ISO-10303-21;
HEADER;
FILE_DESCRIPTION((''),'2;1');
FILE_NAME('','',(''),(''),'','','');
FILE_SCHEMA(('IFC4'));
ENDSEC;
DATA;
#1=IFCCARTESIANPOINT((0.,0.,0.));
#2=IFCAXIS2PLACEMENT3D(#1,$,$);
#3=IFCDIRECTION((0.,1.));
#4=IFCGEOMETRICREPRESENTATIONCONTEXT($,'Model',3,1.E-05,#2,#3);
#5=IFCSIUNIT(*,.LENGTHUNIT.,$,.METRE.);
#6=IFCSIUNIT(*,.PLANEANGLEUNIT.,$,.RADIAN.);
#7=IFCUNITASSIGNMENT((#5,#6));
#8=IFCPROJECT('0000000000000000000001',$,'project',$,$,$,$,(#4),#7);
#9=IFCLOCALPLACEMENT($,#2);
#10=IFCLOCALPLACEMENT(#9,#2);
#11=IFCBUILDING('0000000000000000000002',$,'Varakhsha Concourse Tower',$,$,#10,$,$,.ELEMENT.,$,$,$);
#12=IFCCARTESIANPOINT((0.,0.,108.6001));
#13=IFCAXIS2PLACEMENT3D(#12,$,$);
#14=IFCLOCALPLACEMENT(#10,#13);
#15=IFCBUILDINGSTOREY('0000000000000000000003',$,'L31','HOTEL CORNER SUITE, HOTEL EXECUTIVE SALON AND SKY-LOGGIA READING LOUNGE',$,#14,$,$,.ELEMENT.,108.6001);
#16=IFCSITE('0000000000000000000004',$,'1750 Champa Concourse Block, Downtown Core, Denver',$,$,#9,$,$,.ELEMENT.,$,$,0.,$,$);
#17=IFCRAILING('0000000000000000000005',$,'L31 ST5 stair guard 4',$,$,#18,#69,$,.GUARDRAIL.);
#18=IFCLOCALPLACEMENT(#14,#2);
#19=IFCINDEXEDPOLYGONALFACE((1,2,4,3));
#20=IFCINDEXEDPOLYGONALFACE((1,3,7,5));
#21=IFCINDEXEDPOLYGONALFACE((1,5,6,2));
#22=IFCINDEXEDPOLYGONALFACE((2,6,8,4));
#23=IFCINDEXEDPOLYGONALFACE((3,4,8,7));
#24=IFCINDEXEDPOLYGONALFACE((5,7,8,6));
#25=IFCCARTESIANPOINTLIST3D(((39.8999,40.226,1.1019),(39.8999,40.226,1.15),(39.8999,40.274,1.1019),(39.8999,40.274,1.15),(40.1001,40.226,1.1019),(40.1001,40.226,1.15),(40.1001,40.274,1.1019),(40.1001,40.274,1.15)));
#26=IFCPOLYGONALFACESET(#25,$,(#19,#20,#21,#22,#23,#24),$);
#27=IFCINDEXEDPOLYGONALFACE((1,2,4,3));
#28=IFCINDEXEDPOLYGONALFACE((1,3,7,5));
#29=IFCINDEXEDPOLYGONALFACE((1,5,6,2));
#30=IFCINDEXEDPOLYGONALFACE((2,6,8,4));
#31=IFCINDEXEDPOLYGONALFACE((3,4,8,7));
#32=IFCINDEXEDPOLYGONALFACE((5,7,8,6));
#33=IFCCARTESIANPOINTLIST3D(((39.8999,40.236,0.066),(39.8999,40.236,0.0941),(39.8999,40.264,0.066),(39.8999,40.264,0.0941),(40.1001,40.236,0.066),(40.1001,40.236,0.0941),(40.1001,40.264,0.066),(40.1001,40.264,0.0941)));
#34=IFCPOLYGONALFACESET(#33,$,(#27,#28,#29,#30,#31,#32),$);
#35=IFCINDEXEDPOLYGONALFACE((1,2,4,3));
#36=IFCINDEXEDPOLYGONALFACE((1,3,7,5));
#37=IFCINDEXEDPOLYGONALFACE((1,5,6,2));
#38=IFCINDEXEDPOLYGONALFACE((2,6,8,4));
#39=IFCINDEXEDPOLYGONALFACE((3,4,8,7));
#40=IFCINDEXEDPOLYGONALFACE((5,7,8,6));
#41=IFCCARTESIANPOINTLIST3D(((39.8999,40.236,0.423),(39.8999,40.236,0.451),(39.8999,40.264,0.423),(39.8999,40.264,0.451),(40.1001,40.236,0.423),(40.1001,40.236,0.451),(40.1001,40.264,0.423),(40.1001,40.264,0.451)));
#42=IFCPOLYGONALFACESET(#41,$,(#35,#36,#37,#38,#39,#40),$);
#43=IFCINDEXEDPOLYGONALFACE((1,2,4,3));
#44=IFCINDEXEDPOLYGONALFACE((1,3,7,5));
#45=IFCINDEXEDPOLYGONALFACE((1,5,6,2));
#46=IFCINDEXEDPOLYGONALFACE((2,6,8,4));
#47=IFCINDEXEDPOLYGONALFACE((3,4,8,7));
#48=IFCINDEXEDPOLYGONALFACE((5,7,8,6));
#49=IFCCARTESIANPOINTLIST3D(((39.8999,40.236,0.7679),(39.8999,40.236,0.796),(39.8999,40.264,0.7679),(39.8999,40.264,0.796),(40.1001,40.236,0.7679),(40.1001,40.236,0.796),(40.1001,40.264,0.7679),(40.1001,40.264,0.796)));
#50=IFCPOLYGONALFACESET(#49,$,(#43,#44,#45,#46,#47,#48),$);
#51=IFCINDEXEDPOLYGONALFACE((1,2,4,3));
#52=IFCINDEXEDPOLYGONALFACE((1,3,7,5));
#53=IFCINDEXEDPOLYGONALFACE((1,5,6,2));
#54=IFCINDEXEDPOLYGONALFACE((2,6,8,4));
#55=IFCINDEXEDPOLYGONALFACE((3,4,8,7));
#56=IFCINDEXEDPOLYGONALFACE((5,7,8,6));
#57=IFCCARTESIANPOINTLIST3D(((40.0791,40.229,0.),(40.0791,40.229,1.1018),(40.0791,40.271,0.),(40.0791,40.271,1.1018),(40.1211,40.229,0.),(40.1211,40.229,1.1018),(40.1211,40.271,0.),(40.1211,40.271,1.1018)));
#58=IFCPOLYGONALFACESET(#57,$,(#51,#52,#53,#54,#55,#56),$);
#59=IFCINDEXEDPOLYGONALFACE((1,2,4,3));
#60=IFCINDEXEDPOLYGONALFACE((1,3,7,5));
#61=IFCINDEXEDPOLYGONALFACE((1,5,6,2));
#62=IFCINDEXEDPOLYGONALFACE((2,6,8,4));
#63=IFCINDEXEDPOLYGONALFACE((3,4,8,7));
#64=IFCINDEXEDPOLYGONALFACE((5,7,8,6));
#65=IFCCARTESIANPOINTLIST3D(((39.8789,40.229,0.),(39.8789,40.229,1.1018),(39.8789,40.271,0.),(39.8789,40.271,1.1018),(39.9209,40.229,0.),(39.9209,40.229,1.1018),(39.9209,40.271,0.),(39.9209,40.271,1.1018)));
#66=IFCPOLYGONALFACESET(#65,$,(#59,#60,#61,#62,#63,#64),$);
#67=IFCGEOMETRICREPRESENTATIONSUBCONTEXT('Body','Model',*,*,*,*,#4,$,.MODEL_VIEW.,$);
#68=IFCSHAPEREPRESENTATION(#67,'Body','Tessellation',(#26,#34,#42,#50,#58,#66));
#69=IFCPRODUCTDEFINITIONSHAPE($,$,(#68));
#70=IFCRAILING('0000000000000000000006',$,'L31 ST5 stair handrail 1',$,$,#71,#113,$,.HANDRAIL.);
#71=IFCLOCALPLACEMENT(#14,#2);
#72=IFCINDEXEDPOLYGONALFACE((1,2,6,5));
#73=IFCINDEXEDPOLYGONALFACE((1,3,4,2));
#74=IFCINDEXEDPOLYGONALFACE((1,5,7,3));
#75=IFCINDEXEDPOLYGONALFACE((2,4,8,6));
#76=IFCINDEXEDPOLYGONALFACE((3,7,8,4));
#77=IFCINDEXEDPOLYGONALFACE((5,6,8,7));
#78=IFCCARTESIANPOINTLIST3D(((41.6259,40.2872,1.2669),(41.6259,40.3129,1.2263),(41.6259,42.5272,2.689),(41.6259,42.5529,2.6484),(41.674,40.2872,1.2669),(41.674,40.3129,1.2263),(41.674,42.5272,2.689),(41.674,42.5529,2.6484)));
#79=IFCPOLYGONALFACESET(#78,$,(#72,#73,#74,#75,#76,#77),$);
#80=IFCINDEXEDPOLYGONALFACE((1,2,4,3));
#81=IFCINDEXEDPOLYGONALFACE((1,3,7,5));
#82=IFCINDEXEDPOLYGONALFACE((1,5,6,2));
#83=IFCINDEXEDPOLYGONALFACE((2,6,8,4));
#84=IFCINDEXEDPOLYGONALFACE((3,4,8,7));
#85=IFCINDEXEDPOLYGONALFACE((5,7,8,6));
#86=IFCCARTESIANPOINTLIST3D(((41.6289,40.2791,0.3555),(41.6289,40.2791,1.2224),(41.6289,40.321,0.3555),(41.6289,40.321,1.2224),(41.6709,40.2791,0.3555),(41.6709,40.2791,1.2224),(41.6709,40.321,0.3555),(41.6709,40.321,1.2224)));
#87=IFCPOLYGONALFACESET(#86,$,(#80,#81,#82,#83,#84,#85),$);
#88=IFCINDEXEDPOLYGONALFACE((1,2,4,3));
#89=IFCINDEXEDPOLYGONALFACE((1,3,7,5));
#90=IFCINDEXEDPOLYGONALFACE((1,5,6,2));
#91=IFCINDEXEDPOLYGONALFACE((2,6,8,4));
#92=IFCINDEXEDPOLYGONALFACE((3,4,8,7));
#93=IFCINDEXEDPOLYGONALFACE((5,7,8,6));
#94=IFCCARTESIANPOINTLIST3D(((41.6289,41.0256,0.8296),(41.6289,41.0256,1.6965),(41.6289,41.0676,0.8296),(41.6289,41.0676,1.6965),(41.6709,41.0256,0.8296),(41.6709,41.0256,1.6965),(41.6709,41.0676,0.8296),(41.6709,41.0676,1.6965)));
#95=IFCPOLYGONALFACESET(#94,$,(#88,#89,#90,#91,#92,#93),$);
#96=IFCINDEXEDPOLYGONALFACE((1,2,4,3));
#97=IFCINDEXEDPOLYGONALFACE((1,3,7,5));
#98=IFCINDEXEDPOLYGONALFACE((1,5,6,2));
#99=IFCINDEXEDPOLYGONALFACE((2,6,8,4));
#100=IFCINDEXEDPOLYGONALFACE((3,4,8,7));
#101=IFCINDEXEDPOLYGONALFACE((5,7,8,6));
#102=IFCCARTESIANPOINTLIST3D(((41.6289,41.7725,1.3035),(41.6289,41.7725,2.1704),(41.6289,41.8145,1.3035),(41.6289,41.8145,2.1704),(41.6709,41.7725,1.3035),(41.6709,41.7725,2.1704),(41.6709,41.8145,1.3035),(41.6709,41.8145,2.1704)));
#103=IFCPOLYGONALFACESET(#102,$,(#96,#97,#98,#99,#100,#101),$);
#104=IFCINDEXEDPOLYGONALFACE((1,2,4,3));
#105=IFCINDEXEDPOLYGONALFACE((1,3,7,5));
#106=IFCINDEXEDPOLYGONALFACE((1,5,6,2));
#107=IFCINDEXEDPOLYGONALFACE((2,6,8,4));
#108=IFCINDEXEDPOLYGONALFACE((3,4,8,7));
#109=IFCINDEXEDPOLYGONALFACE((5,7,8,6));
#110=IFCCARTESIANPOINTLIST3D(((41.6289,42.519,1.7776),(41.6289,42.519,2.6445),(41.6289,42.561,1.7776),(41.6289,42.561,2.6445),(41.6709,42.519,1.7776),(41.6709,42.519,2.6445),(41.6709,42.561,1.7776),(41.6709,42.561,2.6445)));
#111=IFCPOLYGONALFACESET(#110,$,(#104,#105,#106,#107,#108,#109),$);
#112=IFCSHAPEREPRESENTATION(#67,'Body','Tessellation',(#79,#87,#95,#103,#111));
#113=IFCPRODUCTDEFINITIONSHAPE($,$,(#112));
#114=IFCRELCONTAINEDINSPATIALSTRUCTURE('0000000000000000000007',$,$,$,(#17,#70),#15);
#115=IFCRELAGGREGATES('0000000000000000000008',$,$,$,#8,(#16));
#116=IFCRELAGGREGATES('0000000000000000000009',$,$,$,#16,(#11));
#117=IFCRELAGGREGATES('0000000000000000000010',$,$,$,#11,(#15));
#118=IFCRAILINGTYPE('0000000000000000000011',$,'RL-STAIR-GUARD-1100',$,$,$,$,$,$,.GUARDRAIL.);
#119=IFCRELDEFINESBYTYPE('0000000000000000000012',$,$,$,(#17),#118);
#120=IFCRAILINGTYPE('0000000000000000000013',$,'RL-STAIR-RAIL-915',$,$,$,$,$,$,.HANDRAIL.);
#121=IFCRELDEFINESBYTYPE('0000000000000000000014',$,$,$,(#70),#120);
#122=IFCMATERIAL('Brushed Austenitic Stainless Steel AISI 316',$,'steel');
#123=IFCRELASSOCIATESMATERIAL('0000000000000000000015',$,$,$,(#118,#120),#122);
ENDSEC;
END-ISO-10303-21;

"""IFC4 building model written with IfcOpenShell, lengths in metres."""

from ifc_helpers import new_model, si_unit, direction, frame, origin, origin_2d, place, context, subcontext, project, spatial, rectangle, extrude, material, type_object, element, save


model = new_model("IFC4")

# Units and contexts
model_context = context("Model", 3, precision=1e-05, world=origin(), true_north=direction((0.0, 1.0)))
body_context = subcontext(model_context, "Body", "Model", "MODEL_VIEW")
ifc_project = project(units=[si_unit("LENGTHUNIT", "METRE"), si_unit("PLANEANGLEUNIT", "RADIAN")], contexts=[model_context])

# Site, building, storey
site_placement = place(None, origin())
site = spatial("IfcSite", under=ifc_project, at=site_placement, Name="1750 Champa Concourse Block, Downtown Core, Denver", CompositionType="ELEMENT", RefElevation=0.0)
building_placement = place(site_placement, origin())
building = spatial("IfcBuilding", under=site, at=building_placement, Name="Varakhsha Concourse Tower", CompositionType="ELEMENT")
storey_placement = place(building_placement, frame((0.0, 0.0, 108.6001)))
storey = spatial("IfcBuildingStorey", under=building, at=storey_placement, Name="L31", Description="HOTEL CORNER SUITE, HOTEL EXECUTIVE SALON AND SKY-LOGGIA READING LOUNGE", CompositionType="ELEMENT", Elevation=108.6001)

# Railings
ifc_material_1 = material(Name="Brushed Austenitic Stainless Steel AISI 316", Category="steel")
railing_type_1 = type_object("IfcRailingType", Name="RL-STAIR-GUARD-1100", PredefinedType="GUARDRAIL", material=ifc_material_1)
railing_1_placement = place(storey_placement, frame((40.1001, 40.25, 0.0)))
element("IfcRailing", 1, at=railing_1_placement, inside=storey, type_object=railing_type_1, Name="L31 ST5 stair guard 4", PredefinedType="GUARDRAIL", context=body_context, shape_type="SweptSolid", body=[
    extrude(rectangle(XDim=0.0481, YDim=0.0481, at=origin_2d()), frame((0.0, 0.0, 1.126), z_axis=(-1.0, 0.0, 0.0), x_axis=(0.0, -1.0, 0.0)), (0.0, 0.0, 1.0), 0.2002),
    extrude(rectangle(XDim=0.0281, YDim=0.0281, at=origin_2d()), frame((0.0, 0.0, 0.0801), z_axis=(-1.0, 0.0, 0.0), x_axis=(0.0, -1.0, 0.0)), (0.0, 0.0, 1.0), 0.2002),
    extrude(rectangle(XDim=0.0281, YDim=0.0281, at=origin_2d()), frame((0.0, 0.0, 0.437), z_axis=(-1.0, 0.0, 0.0), x_axis=(0.0, -1.0, 0.0)), (0.0, 0.0, 1.0), 0.2002),
    extrude(rectangle(XDim=0.0281, YDim=0.0281, at=origin_2d()), frame((0.0, 0.0, 0.782), z_axis=(-1.0, 0.0, 0.0), x_axis=(0.0, -1.0, 0.0)), (0.0, 0.0, 1.0), 0.2002),
    extrude(rectangle(XDim=0.042, YDim=0.042, at=origin_2d()), origin(), (0.0, 0.0, 1.0), 1.1018),
    extrude(rectangle(XDim=0.042, YDim=0.042, at=origin_2d()), frame((-0.2002, 0.0, 0.0)), (0.0, 0.0, 1.0), 1.1018),
])
railing_type_2 = type_object("IfcRailingType", Name="RL-STAIR-RAIL-915", PredefinedType="HANDRAIL", material=ifc_material_1)
railing_2_placement = place(storey_placement, frame((41.6499, 40.3, 0.3555)))
element("IfcRailing", 2, at=railing_2_placement, inside=storey, type_object=railing_type_2, Name="L31 ST5 stair handrail 1", PredefinedType="HANDRAIL", context=body_context, shape_type="SweptSolid", body=[
    extrude(rectangle(XDim=0.0481, YDim=0.0481, at=origin_2d()), frame((0.0, 0.0, 0.8911), z_axis=(0.0, 0.844229, 0.535982), x_axis=(-1.0, 0.0, 0.0)), (0.0, 0.0, 1.0), 2.6533),
    extrude(rectangle(XDim=0.042, YDim=0.042, at=origin_2d()), origin(), (0.0, 0.0, 1.0), 0.8669),
    extrude(rectangle(XDim=0.042, YDim=0.042, at=origin_2d()), frame((0.0, 0.7466, 0.4741)), (0.0, 0.0, 1.0), 0.8669),
    extrude(rectangle(XDim=0.042, YDim=0.042, at=origin_2d()), frame((0.0, 1.4934, 0.948)), (0.0, 0.0, 1.0), 0.8669),
    extrude(rectangle(XDim=0.042, YDim=0.042, at=origin_2d()), frame((0.0, 2.24, 1.4221)), (0.0, 0.0, 1.0), 0.8669),
])

save(model, "model.ifc")
